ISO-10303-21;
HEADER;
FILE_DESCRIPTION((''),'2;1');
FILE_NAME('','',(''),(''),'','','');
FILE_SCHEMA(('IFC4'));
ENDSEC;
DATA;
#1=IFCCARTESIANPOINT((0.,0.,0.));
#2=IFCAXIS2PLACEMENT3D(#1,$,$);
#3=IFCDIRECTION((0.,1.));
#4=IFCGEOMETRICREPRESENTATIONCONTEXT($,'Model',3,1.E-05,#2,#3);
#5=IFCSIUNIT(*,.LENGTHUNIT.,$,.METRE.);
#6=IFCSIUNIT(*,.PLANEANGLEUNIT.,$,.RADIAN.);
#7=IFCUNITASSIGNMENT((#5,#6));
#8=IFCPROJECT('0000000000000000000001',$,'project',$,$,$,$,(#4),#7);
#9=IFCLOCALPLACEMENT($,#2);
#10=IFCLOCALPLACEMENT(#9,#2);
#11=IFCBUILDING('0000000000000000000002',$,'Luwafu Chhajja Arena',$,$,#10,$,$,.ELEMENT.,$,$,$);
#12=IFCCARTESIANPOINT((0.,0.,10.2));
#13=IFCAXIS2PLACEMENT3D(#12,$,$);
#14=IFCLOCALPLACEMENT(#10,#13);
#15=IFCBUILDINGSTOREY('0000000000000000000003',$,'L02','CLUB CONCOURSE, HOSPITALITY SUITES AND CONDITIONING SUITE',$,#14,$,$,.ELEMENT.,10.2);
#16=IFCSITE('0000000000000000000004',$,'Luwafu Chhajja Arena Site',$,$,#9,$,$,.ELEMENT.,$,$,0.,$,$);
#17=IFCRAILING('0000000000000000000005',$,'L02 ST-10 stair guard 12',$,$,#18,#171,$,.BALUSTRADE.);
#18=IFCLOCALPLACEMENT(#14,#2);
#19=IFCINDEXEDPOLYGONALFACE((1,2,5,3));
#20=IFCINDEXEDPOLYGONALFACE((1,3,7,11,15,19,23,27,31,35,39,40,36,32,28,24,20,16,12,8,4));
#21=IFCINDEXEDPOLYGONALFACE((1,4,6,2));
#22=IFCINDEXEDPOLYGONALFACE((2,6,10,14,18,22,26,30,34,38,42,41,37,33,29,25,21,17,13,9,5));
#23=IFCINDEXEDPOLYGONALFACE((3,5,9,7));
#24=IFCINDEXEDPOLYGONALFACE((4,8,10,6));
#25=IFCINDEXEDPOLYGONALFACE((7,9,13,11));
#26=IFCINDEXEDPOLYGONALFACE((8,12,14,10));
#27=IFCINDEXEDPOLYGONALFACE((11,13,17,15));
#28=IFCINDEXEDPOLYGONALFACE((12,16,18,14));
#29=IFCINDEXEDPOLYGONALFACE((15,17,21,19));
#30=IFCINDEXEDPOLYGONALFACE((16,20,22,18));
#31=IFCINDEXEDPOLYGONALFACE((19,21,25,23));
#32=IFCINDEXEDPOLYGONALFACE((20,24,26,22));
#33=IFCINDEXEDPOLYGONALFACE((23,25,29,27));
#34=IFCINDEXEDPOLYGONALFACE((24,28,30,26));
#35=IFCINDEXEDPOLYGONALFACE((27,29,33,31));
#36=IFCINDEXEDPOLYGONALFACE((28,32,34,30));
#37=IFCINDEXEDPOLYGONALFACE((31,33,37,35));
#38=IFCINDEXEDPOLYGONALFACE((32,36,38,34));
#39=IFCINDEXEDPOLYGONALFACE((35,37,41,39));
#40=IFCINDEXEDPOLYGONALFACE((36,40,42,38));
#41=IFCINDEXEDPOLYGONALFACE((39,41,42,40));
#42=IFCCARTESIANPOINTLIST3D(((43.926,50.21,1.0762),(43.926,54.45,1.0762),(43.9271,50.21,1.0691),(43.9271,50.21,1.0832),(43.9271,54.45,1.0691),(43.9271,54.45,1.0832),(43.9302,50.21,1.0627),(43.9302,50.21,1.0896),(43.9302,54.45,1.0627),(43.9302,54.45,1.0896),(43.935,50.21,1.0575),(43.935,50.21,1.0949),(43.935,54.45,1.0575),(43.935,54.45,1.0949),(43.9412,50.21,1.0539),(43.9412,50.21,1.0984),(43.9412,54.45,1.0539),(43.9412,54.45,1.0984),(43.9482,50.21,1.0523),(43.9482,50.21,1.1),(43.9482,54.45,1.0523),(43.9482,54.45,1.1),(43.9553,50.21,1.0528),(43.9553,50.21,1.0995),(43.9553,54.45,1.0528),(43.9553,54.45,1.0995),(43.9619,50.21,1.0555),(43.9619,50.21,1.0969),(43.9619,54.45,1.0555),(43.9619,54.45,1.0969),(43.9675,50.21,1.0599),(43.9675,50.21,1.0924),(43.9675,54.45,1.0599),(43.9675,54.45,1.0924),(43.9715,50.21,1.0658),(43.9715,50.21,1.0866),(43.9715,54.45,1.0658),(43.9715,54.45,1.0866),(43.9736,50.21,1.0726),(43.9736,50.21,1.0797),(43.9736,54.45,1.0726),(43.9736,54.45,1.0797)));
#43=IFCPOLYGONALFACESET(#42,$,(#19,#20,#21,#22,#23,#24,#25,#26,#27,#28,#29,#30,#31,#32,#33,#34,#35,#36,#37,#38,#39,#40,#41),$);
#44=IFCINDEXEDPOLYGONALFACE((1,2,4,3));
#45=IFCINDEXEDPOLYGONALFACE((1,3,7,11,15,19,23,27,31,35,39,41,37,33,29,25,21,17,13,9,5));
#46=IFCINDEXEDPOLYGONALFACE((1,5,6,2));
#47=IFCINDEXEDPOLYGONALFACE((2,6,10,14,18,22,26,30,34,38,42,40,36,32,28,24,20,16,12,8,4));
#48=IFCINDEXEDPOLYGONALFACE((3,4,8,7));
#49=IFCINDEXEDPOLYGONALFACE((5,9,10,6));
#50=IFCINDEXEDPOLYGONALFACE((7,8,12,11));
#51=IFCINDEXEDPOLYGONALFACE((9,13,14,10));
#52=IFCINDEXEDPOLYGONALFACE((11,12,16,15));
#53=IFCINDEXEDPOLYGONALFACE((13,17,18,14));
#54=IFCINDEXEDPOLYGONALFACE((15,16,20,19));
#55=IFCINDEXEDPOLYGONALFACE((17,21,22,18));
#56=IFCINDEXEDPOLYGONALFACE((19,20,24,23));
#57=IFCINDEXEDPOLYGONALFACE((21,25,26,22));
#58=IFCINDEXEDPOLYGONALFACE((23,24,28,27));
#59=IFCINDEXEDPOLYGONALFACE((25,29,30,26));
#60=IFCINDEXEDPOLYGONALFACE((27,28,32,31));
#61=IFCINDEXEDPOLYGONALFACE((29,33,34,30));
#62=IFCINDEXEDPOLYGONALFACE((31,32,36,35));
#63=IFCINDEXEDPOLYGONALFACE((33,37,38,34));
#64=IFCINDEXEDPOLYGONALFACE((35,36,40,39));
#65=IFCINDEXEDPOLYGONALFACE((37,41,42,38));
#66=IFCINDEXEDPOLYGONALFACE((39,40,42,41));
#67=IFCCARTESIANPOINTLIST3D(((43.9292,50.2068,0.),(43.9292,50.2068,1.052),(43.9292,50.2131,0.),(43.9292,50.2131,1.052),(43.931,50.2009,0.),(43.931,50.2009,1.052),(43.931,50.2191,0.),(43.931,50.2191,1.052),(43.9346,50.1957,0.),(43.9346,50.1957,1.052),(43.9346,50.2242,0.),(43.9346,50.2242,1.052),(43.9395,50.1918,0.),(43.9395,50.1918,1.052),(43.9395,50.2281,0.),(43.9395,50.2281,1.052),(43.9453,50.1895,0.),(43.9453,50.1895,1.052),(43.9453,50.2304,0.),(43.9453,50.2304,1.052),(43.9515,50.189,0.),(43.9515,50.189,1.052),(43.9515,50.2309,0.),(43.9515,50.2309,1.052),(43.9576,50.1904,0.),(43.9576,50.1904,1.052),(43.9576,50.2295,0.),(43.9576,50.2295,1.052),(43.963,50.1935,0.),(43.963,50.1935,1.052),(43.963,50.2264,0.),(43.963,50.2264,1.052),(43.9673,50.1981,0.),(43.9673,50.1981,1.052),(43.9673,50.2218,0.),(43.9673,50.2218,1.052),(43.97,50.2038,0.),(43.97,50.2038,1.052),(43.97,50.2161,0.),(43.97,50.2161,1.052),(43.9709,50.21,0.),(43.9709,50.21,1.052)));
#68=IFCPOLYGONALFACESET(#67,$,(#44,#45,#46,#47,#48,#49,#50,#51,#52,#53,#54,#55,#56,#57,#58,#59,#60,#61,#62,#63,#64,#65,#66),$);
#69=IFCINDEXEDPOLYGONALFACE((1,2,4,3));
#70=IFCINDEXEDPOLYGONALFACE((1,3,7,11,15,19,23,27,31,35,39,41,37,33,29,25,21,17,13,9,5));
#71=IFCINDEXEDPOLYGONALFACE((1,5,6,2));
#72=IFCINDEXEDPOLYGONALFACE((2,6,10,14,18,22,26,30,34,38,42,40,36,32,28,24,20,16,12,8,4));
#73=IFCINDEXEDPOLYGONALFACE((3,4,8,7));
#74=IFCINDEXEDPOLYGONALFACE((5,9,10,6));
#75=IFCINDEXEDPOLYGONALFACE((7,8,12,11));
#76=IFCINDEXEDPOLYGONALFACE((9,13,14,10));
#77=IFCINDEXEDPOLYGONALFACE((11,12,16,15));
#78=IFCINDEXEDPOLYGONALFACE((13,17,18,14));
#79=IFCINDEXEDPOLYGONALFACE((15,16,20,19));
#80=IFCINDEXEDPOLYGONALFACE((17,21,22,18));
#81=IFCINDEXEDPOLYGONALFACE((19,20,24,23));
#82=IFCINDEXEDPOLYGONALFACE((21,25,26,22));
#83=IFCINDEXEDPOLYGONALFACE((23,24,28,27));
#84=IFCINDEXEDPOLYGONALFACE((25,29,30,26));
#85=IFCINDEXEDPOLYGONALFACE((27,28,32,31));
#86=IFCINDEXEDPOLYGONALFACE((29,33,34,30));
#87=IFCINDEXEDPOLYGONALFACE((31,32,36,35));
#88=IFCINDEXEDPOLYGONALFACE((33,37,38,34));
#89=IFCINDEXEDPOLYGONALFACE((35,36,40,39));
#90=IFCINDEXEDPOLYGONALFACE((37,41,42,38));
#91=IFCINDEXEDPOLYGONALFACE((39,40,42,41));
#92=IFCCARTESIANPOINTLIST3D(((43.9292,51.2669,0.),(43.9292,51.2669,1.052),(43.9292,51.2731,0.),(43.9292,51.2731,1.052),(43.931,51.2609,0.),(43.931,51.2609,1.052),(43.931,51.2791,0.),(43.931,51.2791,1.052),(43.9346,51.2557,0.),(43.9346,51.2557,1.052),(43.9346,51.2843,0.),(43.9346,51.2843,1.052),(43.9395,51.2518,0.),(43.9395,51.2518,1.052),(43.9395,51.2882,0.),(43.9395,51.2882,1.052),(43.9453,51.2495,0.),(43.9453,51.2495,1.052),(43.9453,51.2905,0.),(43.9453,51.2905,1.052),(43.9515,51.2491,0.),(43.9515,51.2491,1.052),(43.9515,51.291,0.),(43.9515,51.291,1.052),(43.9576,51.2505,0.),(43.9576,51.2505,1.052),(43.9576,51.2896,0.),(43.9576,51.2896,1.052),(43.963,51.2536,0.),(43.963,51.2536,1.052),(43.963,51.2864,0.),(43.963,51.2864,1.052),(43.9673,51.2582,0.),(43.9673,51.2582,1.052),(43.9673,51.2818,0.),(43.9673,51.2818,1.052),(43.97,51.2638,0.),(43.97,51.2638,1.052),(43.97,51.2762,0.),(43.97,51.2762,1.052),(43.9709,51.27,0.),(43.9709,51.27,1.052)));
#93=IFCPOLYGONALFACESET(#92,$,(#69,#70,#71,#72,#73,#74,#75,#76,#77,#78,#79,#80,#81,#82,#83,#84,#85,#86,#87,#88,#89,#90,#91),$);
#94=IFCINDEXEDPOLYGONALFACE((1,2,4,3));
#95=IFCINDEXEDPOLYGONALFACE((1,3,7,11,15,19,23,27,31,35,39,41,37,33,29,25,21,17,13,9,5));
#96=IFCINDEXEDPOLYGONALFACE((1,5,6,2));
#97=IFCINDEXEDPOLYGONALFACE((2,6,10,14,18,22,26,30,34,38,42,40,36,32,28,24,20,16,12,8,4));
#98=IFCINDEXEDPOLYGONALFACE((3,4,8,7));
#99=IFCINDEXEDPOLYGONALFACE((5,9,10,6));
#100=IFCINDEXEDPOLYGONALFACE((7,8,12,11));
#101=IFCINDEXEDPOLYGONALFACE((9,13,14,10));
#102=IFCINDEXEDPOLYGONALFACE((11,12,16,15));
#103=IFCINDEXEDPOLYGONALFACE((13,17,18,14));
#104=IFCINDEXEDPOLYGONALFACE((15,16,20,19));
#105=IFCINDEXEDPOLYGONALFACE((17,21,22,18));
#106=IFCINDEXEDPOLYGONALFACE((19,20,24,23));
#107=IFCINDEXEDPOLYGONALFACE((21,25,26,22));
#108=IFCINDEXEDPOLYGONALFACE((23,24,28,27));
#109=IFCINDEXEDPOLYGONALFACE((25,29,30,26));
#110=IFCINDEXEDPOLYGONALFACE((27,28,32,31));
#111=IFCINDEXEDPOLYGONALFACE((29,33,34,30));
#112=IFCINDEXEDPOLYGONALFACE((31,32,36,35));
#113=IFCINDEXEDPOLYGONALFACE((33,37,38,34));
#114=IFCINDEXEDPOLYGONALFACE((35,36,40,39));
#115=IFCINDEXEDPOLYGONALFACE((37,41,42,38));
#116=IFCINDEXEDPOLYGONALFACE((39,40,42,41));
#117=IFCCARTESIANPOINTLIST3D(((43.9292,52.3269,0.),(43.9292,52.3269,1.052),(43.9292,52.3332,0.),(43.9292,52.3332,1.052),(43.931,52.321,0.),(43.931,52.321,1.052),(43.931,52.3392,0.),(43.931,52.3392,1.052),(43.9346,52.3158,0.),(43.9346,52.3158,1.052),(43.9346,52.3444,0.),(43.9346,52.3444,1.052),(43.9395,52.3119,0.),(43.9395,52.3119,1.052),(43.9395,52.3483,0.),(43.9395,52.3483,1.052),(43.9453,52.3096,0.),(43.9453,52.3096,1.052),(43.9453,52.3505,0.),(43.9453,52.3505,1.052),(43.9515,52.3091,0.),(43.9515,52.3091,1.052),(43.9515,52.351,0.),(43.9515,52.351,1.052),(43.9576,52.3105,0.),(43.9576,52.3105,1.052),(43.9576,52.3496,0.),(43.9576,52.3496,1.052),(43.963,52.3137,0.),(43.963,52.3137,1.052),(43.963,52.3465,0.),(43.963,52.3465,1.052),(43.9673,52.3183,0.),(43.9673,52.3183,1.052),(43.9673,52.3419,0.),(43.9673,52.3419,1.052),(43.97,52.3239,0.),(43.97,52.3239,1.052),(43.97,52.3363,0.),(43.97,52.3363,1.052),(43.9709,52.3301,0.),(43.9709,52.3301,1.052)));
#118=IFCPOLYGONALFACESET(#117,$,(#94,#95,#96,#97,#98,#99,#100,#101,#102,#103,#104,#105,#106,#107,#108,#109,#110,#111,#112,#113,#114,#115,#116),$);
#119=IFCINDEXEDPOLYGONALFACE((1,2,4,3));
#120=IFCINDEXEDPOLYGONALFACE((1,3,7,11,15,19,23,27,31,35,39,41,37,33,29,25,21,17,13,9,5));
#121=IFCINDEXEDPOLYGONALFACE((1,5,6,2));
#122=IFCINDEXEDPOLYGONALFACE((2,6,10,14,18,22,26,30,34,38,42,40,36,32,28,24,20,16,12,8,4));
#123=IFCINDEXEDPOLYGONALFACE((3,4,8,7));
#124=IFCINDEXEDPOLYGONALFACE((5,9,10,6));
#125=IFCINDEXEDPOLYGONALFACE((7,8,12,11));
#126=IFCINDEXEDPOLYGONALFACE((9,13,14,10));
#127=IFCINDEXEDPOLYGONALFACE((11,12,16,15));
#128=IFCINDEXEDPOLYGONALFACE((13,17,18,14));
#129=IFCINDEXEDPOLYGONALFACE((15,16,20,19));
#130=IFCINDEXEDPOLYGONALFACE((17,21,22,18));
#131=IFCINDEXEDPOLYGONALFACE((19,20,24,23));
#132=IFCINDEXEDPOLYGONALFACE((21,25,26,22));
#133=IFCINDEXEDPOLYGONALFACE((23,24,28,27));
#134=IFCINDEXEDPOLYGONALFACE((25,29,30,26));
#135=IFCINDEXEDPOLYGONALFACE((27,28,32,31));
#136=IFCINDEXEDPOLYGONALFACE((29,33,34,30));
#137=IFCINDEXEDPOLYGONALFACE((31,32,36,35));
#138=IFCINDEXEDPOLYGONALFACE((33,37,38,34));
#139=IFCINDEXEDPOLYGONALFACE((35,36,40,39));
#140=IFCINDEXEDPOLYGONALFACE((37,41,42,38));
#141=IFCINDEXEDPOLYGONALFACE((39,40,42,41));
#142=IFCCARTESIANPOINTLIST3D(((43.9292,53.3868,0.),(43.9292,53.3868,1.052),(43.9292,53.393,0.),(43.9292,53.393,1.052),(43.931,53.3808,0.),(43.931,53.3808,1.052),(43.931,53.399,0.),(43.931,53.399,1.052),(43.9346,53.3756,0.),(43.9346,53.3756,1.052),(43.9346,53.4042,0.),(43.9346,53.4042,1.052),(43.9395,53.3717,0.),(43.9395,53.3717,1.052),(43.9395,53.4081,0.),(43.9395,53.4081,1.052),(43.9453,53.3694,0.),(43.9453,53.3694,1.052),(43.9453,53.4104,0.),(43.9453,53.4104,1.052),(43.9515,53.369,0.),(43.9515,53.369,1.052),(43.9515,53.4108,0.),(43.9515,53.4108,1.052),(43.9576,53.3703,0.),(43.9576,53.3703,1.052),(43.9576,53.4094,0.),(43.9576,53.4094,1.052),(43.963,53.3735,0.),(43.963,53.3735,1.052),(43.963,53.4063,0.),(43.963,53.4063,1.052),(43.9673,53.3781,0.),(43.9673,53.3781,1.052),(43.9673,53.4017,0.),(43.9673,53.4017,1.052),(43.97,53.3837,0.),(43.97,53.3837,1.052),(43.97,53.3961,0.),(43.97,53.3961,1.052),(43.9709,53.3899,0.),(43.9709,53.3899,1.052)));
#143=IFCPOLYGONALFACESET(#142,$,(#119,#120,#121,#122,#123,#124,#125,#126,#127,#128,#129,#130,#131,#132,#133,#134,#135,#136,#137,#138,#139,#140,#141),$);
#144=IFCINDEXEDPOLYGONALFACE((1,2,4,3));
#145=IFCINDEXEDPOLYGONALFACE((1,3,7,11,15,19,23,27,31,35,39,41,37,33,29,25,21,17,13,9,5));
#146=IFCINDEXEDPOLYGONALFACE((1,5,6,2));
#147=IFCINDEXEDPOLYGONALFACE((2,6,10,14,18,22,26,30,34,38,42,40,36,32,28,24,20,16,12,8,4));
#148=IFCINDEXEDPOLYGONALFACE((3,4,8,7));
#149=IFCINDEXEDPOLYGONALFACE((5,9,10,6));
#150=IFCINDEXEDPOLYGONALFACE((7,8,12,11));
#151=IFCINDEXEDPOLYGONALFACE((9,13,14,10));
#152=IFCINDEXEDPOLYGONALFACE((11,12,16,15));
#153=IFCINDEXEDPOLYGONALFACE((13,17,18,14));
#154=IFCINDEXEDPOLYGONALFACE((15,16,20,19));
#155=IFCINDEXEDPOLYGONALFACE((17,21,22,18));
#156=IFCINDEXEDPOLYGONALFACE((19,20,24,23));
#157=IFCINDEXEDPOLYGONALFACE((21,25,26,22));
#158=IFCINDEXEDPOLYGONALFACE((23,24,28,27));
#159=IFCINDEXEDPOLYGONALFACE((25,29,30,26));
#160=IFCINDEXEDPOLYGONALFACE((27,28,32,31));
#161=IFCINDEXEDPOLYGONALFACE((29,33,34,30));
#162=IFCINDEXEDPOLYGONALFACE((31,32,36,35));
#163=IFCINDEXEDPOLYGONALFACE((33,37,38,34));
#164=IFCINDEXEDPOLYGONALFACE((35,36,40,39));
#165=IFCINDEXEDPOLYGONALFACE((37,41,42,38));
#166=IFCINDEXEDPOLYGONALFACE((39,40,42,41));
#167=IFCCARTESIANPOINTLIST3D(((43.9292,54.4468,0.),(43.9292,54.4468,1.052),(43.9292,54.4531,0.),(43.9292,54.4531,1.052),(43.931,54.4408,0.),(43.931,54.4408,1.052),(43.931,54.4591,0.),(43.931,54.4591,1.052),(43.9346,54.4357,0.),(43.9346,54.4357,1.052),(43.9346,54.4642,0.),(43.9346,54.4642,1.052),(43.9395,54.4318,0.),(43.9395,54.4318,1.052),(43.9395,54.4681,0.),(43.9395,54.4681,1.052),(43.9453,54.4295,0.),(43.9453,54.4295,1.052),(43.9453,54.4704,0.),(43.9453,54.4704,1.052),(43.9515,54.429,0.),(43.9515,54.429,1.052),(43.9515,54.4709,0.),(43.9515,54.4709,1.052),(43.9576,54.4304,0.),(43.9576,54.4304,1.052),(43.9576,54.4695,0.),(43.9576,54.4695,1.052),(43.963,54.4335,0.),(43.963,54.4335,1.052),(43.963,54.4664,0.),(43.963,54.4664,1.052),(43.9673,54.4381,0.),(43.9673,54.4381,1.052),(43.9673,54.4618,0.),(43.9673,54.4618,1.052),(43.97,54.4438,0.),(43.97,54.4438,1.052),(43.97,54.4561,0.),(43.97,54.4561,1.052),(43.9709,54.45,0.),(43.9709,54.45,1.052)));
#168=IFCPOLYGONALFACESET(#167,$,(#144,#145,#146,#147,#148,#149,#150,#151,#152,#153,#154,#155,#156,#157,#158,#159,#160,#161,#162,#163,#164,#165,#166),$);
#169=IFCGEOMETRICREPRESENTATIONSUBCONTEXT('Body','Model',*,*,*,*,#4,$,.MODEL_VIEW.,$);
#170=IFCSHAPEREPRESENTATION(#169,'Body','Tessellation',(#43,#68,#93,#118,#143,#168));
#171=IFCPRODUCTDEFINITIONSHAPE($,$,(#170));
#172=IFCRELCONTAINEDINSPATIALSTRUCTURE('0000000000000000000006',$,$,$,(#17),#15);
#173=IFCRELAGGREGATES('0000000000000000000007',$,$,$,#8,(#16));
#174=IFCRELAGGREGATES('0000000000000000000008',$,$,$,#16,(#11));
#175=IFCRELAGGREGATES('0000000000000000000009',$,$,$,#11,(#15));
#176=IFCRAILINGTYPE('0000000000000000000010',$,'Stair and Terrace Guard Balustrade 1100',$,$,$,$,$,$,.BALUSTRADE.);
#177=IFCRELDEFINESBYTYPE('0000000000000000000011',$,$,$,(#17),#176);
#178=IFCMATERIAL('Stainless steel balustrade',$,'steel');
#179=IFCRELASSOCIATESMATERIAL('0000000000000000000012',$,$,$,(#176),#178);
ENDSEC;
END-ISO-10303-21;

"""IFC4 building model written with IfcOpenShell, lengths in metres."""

from ifc_helpers import new_model, si_unit, direction, frame, origin, origin_2d, place, context, subcontext, project, spatial, circle, extrude, material, type_object, element, save


model = new_model("IFC4")

# Units and contexts
model_context = context("Model", 3, precision=1e-05, world=origin(), true_north=direction((0.0, 1.0)))
body_context = subcontext(model_context, "Body", "Model", "MODEL_VIEW")
ifc_project = project(units=[si_unit("LENGTHUNIT", "METRE"), si_unit("PLANEANGLEUNIT", "RADIAN")], contexts=[model_context])

# Site, building, storey
site_placement = place(None, origin())
site = spatial("IfcSite", under=ifc_project, at=site_placement, Name="Luwafu Chhajja Arena Site", CompositionType="ELEMENT", RefElevation=0.0)
building_placement = place(site_placement, origin())
building = spatial("IfcBuilding", under=site, at=building_placement, Name="Luwafu Chhajja Arena", CompositionType="ELEMENT")
storey_placement = place(building_placement, frame((0.0, 0.0, 10.2)))
storey = spatial("IfcBuildingStorey", under=building, at=storey_placement, Name="L02", Description="CLUB CONCOURSE, HOSPITALITY SUITES AND CONDITIONING SUITE", CompositionType="ELEMENT", Elevation=10.2)

# Railing
ifc_material_1 = material(Name="Stainless steel balustrade", Category="steel")
railing_type_1 = type_object("IfcRailingType", Name="Stair and Terrace Guard Balustrade 1100", PredefinedType="BALUSTRADE", material=ifc_material_1)
railing_1_placement = place(storey_placement, frame((43.95, 50.21, 0.0)))
element("IfcRailing", 1, at=railing_1_placement, inside=storey, type_object=railing_type_1, Name="L02 ST-10 stair guard 12", PredefinedType="BALUSTRADE", context=body_context, shape_type="SweptSolid", body=[
    extrude(circle(Radius=0.0239, at=origin_2d()), frame((0.0, 0.0, 1.0762), z_axis=(0.0, 1.0, 0.0), x_axis=(-1.0, 0.0, 0.0)), (0.0, 0.0, 1.0), 4.24),
    extrude(circle(Radius=0.021, at=origin_2d()), origin(), (0.0, 0.0, 1.0), 1.052),
    extrude(circle(Radius=0.021, at=origin_2d()), frame((0.0, 1.0601, 0.0)), (0.0, 0.0, 1.0), 1.052),
    extrude(circle(Radius=0.021, at=origin_2d()), frame((0.0, 2.1201, 0.0)), (0.0, 0.0, 1.0), 1.052),
    extrude(circle(Radius=0.021, at=origin_2d()), frame((0.0, 3.1799, 0.0)), (0.0, 0.0, 1.0), 1.052),
    extrude(circle(Radius=0.021, at=origin_2d()), frame((0.0, 4.24, 0.0)), (0.0, 0.0, 1.0), 1.052),
])

save(model, "model.ifc")
